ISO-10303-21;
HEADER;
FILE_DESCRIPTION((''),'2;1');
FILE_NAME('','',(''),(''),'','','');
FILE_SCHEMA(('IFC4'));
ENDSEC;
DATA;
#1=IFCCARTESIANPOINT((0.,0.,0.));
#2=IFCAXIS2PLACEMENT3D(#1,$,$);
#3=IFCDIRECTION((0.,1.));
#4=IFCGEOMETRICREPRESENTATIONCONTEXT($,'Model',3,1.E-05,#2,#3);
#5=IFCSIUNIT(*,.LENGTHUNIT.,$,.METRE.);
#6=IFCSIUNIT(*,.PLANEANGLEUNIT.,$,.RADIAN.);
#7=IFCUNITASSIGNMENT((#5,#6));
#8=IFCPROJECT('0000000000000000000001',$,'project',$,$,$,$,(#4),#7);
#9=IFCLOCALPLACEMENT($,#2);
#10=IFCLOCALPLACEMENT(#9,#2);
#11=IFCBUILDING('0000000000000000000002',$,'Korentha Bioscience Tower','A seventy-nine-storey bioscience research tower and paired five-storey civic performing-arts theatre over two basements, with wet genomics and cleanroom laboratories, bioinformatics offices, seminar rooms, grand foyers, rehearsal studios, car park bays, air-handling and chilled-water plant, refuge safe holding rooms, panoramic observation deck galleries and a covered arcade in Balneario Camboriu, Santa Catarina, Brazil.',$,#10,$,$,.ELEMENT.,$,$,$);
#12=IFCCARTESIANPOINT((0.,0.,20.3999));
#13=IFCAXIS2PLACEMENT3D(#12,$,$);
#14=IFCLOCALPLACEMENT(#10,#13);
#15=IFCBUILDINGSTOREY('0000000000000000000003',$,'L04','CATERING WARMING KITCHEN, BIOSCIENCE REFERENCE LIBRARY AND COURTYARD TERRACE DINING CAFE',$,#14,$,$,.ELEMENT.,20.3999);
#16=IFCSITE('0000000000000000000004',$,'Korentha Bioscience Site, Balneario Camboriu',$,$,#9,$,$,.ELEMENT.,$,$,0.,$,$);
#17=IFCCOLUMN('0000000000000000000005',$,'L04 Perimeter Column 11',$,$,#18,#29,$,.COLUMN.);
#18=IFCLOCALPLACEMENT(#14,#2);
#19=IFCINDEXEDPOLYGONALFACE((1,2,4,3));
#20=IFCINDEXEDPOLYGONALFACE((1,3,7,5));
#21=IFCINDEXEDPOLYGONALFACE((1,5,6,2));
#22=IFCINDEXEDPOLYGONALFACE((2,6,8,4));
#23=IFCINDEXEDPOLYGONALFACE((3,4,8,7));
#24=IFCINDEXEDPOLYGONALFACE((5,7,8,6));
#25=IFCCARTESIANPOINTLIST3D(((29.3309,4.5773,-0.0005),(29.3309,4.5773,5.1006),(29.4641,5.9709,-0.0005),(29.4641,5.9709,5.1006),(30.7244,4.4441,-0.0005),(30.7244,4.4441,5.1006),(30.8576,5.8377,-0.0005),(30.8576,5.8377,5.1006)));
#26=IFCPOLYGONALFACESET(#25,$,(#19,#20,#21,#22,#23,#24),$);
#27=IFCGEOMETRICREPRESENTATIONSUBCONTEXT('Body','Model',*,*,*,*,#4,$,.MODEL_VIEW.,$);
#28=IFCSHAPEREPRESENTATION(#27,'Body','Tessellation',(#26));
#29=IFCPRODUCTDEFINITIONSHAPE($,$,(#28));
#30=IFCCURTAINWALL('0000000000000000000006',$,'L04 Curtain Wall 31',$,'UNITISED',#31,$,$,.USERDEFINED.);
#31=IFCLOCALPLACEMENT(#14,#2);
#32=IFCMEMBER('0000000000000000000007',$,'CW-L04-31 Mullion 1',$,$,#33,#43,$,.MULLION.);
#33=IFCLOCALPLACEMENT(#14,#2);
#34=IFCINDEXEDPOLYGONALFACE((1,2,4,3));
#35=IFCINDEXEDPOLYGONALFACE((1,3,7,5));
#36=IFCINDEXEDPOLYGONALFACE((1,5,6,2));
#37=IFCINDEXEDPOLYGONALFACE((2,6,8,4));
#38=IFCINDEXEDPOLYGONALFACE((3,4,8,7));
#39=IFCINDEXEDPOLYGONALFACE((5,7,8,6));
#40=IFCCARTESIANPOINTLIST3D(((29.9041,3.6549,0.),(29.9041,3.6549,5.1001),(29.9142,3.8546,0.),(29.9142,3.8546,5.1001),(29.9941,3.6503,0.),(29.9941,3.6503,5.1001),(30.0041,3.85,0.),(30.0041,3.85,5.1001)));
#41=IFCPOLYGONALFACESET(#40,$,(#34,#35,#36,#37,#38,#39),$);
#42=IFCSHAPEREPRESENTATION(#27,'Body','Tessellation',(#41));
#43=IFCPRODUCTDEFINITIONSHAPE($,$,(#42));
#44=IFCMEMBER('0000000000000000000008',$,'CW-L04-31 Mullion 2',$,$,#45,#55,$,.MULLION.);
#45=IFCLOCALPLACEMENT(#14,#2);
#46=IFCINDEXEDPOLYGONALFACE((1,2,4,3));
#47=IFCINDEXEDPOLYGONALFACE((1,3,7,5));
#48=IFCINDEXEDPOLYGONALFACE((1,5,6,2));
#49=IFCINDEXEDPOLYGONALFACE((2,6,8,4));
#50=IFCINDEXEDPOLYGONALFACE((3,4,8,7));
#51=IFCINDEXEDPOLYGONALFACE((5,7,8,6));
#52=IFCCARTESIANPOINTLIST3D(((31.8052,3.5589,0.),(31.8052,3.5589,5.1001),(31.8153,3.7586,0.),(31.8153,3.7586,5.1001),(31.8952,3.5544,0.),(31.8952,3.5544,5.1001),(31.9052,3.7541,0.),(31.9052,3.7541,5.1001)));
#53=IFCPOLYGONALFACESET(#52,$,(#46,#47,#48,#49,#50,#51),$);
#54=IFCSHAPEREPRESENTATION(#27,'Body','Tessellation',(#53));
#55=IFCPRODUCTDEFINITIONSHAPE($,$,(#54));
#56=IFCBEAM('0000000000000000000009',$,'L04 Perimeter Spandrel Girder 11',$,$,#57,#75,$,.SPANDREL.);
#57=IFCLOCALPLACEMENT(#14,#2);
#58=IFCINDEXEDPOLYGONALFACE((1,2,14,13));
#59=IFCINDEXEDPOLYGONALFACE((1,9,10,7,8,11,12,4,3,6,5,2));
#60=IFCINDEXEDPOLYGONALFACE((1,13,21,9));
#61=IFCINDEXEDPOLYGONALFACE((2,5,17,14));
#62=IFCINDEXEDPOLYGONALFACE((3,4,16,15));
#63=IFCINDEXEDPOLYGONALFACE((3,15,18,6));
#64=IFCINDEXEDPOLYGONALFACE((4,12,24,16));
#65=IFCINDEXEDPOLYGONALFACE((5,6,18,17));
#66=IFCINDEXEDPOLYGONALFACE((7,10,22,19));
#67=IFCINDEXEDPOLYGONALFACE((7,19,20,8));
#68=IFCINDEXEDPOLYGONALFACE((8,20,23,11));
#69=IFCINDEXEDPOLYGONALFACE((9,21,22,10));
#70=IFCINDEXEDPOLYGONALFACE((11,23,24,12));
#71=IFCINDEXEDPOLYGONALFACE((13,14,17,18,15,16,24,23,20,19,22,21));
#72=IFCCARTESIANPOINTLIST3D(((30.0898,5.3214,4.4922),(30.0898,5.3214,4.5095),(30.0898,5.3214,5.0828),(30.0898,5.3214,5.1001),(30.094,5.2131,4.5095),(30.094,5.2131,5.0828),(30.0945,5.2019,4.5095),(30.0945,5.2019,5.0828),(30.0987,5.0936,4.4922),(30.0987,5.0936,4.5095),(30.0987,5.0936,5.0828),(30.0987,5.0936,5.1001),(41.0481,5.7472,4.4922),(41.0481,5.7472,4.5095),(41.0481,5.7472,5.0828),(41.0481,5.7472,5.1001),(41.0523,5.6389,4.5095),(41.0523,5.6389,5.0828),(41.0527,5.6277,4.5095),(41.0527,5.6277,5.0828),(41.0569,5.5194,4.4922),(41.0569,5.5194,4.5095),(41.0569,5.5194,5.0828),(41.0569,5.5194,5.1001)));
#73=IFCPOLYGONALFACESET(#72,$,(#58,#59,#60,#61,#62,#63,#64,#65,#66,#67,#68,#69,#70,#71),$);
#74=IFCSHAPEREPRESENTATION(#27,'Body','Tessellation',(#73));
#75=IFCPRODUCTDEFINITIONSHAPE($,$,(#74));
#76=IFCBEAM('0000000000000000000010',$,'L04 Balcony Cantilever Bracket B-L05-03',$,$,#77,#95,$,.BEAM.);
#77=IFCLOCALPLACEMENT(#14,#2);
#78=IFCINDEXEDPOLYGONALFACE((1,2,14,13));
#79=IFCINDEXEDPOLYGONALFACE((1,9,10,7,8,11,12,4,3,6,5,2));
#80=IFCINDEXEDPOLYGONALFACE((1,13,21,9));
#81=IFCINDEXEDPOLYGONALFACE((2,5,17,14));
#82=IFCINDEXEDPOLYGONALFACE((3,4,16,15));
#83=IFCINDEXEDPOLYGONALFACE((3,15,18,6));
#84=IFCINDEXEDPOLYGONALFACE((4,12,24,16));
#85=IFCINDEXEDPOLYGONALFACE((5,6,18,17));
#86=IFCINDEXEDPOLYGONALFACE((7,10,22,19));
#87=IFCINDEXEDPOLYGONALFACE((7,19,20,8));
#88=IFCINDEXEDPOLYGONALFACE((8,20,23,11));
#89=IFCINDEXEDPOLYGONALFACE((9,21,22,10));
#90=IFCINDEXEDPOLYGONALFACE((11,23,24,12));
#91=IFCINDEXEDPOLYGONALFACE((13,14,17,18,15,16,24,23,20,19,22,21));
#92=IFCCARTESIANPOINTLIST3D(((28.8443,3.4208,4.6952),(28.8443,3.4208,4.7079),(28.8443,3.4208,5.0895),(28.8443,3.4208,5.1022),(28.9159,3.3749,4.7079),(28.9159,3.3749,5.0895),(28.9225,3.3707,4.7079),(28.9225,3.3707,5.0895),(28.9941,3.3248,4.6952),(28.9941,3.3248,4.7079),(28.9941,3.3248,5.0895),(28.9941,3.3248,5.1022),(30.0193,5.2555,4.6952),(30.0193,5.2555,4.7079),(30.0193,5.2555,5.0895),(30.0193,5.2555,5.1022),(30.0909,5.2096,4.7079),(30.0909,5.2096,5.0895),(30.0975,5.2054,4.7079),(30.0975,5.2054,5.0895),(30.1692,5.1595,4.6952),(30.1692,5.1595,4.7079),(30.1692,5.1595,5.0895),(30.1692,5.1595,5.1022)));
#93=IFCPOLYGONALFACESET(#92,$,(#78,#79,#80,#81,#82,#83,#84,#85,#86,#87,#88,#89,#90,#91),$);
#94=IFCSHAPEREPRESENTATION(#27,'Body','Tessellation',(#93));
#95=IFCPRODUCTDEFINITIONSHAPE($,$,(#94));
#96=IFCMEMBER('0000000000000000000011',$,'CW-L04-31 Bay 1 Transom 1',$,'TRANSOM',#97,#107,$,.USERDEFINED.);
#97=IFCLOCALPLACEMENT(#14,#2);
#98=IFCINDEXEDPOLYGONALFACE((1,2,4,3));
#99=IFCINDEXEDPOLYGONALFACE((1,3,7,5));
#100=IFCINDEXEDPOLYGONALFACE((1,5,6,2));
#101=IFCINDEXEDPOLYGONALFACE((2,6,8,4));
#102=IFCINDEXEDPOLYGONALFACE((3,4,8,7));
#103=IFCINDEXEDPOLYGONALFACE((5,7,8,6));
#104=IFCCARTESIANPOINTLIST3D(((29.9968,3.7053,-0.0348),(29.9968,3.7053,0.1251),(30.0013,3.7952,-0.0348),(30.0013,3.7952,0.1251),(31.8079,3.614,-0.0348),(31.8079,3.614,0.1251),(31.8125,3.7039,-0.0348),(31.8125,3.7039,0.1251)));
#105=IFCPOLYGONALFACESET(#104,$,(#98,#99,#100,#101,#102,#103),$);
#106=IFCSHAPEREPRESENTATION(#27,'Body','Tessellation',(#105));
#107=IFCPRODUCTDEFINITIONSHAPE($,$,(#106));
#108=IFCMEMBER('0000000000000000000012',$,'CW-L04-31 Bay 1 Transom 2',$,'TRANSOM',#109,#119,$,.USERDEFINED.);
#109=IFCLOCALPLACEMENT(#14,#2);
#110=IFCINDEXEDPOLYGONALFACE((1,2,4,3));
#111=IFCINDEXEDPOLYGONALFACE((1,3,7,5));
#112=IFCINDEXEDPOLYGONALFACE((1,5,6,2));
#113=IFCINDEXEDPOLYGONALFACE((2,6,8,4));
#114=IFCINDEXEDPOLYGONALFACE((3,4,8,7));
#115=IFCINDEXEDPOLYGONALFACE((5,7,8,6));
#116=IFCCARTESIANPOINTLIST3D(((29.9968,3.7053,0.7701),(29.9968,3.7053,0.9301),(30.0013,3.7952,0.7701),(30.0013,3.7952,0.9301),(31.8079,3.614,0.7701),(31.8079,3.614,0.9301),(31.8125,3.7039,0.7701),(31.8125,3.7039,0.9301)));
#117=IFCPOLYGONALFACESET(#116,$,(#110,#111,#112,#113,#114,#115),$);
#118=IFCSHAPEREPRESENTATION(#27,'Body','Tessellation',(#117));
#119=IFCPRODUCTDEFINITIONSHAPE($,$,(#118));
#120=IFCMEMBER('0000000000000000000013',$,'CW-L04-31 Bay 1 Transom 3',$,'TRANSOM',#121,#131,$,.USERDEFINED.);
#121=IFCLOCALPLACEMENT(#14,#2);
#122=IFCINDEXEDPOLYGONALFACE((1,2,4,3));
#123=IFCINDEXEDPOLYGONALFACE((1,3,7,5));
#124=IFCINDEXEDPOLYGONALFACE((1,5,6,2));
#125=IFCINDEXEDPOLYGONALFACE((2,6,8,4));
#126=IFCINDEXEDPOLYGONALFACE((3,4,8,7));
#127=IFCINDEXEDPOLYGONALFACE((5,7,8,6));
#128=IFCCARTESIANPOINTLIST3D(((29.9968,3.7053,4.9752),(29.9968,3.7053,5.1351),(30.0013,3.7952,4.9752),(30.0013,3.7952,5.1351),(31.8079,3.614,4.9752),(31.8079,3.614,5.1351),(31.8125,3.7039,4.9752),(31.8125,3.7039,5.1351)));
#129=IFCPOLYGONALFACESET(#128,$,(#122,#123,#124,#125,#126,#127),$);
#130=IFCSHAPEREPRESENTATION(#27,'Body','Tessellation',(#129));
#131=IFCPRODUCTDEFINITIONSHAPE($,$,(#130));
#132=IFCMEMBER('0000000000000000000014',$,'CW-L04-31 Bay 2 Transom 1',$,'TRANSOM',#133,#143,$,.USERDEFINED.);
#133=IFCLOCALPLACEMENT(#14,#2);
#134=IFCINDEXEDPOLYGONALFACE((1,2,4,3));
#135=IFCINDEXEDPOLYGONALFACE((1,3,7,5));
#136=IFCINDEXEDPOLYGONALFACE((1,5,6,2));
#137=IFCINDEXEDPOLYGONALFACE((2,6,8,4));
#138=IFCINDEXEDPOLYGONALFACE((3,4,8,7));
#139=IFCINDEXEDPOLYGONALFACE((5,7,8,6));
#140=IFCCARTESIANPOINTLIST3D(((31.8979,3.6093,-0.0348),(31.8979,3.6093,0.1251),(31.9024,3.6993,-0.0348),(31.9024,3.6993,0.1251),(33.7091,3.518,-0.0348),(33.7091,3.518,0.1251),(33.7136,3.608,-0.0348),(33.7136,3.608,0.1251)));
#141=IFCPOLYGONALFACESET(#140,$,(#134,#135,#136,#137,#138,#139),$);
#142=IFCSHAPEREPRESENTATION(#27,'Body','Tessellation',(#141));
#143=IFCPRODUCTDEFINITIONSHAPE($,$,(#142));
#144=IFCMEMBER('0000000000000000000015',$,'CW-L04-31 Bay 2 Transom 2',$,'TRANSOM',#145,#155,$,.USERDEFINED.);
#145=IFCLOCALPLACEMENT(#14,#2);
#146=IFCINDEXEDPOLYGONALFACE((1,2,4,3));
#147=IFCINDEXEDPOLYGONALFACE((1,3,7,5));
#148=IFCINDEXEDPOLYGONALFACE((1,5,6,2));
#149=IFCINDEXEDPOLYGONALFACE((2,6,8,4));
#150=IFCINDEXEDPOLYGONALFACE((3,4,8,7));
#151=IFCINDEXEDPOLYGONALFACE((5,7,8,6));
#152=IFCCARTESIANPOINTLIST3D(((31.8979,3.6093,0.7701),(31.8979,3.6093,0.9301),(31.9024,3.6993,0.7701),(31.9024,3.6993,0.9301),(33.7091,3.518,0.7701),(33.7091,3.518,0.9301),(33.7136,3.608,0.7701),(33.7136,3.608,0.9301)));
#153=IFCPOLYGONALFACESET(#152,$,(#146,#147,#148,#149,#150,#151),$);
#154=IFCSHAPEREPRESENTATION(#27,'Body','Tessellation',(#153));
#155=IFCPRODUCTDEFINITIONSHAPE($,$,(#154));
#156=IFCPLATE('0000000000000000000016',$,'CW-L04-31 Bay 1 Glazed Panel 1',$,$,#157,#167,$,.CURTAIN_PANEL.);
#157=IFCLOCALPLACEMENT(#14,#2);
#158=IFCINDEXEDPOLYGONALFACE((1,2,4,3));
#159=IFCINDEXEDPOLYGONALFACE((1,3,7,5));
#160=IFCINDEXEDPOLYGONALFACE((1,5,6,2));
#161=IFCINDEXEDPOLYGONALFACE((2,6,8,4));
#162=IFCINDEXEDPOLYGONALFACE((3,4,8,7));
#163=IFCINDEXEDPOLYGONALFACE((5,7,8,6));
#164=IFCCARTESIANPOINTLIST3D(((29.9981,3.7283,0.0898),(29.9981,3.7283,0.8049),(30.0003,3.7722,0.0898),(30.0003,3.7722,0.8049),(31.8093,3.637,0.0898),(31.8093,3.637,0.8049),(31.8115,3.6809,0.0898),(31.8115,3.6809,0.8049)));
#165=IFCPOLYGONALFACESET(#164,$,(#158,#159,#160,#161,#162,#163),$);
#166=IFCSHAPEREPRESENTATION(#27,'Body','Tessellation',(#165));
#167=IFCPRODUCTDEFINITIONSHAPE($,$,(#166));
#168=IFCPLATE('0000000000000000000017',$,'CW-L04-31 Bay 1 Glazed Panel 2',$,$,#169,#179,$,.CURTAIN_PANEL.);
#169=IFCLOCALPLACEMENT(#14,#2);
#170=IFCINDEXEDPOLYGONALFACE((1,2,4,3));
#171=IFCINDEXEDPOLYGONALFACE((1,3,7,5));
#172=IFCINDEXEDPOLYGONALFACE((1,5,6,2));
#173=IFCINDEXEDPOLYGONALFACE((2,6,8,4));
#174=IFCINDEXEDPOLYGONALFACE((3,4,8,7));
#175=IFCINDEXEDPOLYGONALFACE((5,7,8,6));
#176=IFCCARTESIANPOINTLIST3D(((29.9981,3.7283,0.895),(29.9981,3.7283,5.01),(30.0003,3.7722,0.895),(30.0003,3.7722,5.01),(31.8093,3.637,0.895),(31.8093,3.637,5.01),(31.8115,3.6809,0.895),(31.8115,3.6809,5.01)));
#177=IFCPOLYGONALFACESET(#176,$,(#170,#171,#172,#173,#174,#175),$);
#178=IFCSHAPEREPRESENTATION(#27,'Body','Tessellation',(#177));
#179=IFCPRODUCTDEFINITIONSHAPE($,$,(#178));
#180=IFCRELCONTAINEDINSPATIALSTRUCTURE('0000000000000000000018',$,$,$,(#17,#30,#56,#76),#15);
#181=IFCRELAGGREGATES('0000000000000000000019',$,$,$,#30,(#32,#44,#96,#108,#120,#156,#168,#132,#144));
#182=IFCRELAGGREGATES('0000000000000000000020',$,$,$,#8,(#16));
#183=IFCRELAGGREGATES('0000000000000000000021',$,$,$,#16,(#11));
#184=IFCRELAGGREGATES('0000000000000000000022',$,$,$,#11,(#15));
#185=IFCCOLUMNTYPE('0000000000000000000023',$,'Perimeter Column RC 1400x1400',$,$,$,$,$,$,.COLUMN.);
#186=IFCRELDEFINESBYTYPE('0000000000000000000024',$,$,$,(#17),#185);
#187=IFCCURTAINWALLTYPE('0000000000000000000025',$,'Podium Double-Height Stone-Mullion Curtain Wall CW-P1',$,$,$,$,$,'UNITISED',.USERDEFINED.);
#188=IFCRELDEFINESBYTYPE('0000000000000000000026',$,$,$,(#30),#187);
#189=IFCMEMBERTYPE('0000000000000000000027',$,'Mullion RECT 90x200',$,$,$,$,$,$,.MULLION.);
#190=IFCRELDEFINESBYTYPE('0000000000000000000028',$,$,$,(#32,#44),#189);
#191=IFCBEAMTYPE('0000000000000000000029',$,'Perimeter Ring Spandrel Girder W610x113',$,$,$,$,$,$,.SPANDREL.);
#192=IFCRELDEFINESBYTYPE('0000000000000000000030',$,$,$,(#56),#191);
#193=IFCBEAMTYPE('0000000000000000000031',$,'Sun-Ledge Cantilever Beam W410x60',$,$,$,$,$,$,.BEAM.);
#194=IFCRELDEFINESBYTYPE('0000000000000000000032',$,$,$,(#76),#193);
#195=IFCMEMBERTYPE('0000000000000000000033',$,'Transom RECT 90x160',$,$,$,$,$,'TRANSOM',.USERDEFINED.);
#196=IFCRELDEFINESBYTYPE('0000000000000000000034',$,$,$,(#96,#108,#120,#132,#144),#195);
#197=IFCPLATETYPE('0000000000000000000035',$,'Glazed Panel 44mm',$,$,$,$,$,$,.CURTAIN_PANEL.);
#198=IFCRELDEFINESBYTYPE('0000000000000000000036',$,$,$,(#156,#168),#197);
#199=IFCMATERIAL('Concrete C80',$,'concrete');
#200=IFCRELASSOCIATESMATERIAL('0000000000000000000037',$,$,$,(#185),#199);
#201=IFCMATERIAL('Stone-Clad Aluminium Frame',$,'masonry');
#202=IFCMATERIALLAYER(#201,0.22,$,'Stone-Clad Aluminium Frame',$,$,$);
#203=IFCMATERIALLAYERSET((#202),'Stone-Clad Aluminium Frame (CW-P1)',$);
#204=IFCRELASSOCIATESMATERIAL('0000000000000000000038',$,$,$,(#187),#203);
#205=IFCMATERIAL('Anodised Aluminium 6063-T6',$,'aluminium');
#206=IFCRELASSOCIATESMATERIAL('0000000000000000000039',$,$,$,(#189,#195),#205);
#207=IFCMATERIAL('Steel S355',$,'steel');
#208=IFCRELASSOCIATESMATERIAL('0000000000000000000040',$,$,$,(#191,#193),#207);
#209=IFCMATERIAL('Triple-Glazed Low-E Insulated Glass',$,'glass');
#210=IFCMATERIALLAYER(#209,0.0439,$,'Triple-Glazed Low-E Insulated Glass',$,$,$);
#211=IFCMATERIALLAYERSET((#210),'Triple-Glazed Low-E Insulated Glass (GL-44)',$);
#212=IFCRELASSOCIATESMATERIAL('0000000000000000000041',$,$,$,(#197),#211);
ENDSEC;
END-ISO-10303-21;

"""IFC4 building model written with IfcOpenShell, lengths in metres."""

from ifc_helpers import new_model, si_unit, direction, frame, origin, origin_2d, place, context, subcontext, project, spatial, rectangle, i_section, extrude, material, layer, layer_set, material_profile, profile_set, type_object, element, aggregate, save


model = new_model("IFC4")

# Units and contexts
model_context = context("Model", 3, precision=1e-05, world=origin(), true_north=direction((0.0, 1.0)))
body_context = subcontext(model_context, "Body", "Model", "MODEL_VIEW")
ifc_project = project(units=[si_unit("LENGTHUNIT", "METRE"), si_unit("PLANEANGLEUNIT", "RADIAN")], contexts=[model_context])

# Site, building, storey
site_placement = place(None, origin())
site = spatial("IfcSite", under=ifc_project, at=site_placement, Name="Korentha Bioscience Site, Balneario Camboriu", CompositionType="ELEMENT", RefElevation=0.0)
building_placement = place(site_placement, origin())
building = spatial("IfcBuilding", under=site, at=building_placement, Name="Korentha Bioscience Tower", Description="A seventy-nine-storey bioscience research tower and paired five-storey civic performing-arts theatre over two basements, with wet genomics and cleanroom laboratories, bioinformatics offices, seminar rooms, grand foyers, rehearsal studios, car park bays, air-handling and chilled-water plant, refuge safe holding rooms, panoramic observation deck galleries and a covered arcade in Balneario Camboriu, Santa Catarina, Brazil.", CompositionType="ELEMENT")
storey_placement = place(building_placement, frame((0.0, 0.0, 20.3999)))
storey = spatial("IfcBuildingStorey", under=building, at=storey_placement, Name="L04", Description="CATERING WARMING KITCHEN, BIOSCIENCE REFERENCE LIBRARY AND COURTYARD TERRACE DINING CAFE", CompositionType="ELEMENT", Elevation=20.3999)

# Column
ifc_material_1 = material(Name="Concrete C80", Category="concrete")
ifc_material_profile_1 = material_profile(ifc_material_1, rectangle(XDim=1.3999, YDim=1.3999, at=origin_2d()), Name="Concrete C80")
ifc_profile_set_1 = profile_set([ifc_material_profile_1], Name="Concrete C80 (COL-P14)")
column_type = type_object("IfcColumnType", Name="Perimeter Column RC 1400x1400", PredefinedType="COLUMN", material=ifc_profile_set_1)
column_placement = place(storey_placement, frame((30.0942, 5.2075, -0.0005), z_axis=(0.0, 0.0, 1.0), x_axis=(-0.995463, 0.095151, 0.0)))
element("IfcColumn", 1, at=column_placement, inside=storey, type_object=column_type, Name="L04 Perimeter Column 11", PredefinedType="COLUMN", context=body_context, shape_type="SweptSolid", body=[
    extrude(rectangle(XDim=1.3999, YDim=1.3999, at=origin_2d()), origin(), (0.0, 0.0, 1.0), 5.1011),
])

# Curtain wall, members
ifc_material_2 = material(Name="Stone-Clad Aluminium Frame", Category="masonry")
ifc_layer_1 = layer(ifc_material_2, 0.22, Name="Stone-Clad Aluminium Frame")
ifc_layer_set_1 = layer_set([ifc_layer_1], Name="Stone-Clad Aluminium Frame (CW-P1)")
curtain_wall_type = type_object("IfcCurtainWallType", Name="Podium Double-Height Stone-Mullion Curtain Wall CW-P1", ElementType="UNITISED", PredefinedType="USERDEFINED", material=ifc_layer_set_1)
curtain_wall_placement = place(storey_placement, origin())
curtain_wall = element("IfcCurtainWall", 2, at=curtain_wall_placement, inside=storey, type_object=curtain_wall_type, Name="L04 Curtain Wall 31", ObjectType="UNITISED", PredefinedType="USERDEFINED")
ifc_material_3 = material(Name="Anodised Aluminium 6063-T6", Category="aluminium")
ifc_material_profile_2 = material_profile(ifc_material_3, rectangle(XDim=0.0901, YDim=0.2, at=origin_2d()), Name="Anodised Aluminium 6063-T6")
ifc_profile_set_2 = profile_set([ifc_material_profile_2], Name="Anodised Aluminium 6063-T6 (CW-MUL)")
member_type_1 = type_object("IfcMemberType", Name="Mullion RECT 90x200", PredefinedType="MULLION", material=ifc_profile_set_2)
member_1_placement = place(storey_placement, frame((29.9541, 3.7524, 0.0), z_axis=(0.0, 0.0, 1.0), x_axis=(0.998731, -0.050371, 0.0)))
member_1 = element("IfcMember", 3, at=member_1_placement, type_object=member_type_1, Name="CW-L04-31 Mullion 1", PredefinedType="MULLION", context=body_context, shape_type="SweptSolid", body=[
    extrude(rectangle(XDim=0.0901, YDim=0.2, at=origin_2d()), origin(), (0.0, 0.0, 1.0), 5.1001),
])
member_2_placement = place(storey_placement, frame((31.8552, 3.6565, 0.0), z_axis=(0.0, 0.0, 1.0), x_axis=(0.998731, -0.050371, 0.0)))
member_2 = element("IfcMember", 4, at=member_2_placement, type_object=member_type_1, Name="CW-L04-31 Mullion 2", PredefinedType="MULLION", context=body_context, shape_type="SweptSolid", body=[
    extrude(rectangle(XDim=0.0901, YDim=0.2, at=origin_2d()), origin(), (0.0, 0.0, 1.0), 5.1001),
])

# Beams
ifc_material_4 = material(Name="Steel S355", Category="steel")
ifc_material_profile_3 = material_profile(ifc_material_4, i_section(OverallWidth=0.228, OverallDepth=0.6079, WebThickness=0.0112, FlangeThickness=0.0173, at=origin_2d()), Name="Steel S355")
ifc_profile_set_3 = profile_set([ifc_material_profile_3], Name="Steel S355 (SB-610)")
beam_type_1 = type_object("IfcBeamType", Name="Perimeter Ring Spandrel Girder W610x113", PredefinedType="SPANDREL", material=ifc_profile_set_3)
beam_1_placement = place(storey_placement, frame((30.0942, 5.2075, 4.7961), z_axis=(0.999246, 0.038826, 0.0), x_axis=(-0.038826, 0.999246, 0.0)))
element("IfcBeam", 5, at=beam_1_placement, inside=storey, type_object=beam_type_1, Name="L04 Perimeter Spandrel Girder 11", PredefinedType="SPANDREL", context=body_context, shape_type="SweptSolid", body=[
    extrude(i_section(OverallWidth=0.228, OverallDepth=0.6079, WebThickness=0.0112, FlangeThickness=0.0173, at=origin_2d()), origin(), (0.0, 0.0, 1.0), 10.9666),
])
ifc_material_profile_4 = material_profile(ifc_material_4, i_section(OverallWidth=0.178, OverallDepth=0.407, WebThickness=0.0078, FlangeThickness=0.0127, at=origin_2d()), Name="Steel S355")
ifc_profile_set_4 = profile_set([ifc_material_profile_4], Name="Steel S355 (CB-410)")
beam_type_2 = type_object("IfcBeamType", Name="Sun-Ledge Cantilever Beam W410x60", PredefinedType="BEAM", material=ifc_profile_set_4)
beam_2_placement = place(storey_placement, frame((30.0942, 5.2075, 4.8987), z_axis=(-0.539324, -0.842098, 0.0), x_axis=(0.842098, -0.539324, 0.0)))
element("IfcBeam", 6, at=beam_2_placement, inside=storey, type_object=beam_type_2, Name="L04 Balcony Cantilever Bracket B-L05-03", PredefinedType="BEAM", context=body_context, shape_type="SweptSolid", body=[
    extrude(i_section(OverallWidth=0.178, OverallDepth=0.407, WebThickness=0.0078, FlangeThickness=0.0127, at=origin_2d()), origin(), (0.0, 0.0, 1.0), 2.1787),
])

# Members
ifc_material_profile_5 = material_profile(ifc_material_3, rectangle(XDim=0.0901, YDim=0.1599, at=origin_2d()), Name="Anodised Aluminium 6063-T6")
ifc_profile_set_5 = profile_set([ifc_material_profile_5], Name="Anodised Aluminium 6063-T6 (CW-TRN)")
member_type_2 = type_object("IfcMemberType", Name="Transom RECT 90x160", ElementType="TRANSOM", PredefinedType="USERDEFINED", material=ifc_profile_set_5)
member_3_placement = place(storey_placement, frame((29.999, 3.7502, 0.0452), z_axis=(0.998732, -0.050347, 0.0), x_axis=(0.050347, 0.998732, 0.0)))
member_3 = element("IfcMember", 7, at=member_3_placement, type_object=member_type_2, Name="CW-L04-31 Bay 1 Transom 1", ObjectType="TRANSOM", PredefinedType="USERDEFINED", context=body_context, shape_type="SweptSolid", body=[
    extrude(rectangle(XDim=0.0901, YDim=0.1599, at=origin_2d()), origin(), (0.0, 0.0, 1.0), 1.8135),
])
member_4_placement = place(storey_placement, frame((29.999, 3.7502, 0.8501), z_axis=(0.998732, -0.050347, 0.0), x_axis=(0.050347, 0.998732, 0.0)))
member_4 = element("IfcMember", 8, at=member_4_placement, type_object=member_type_2, Name="CW-L04-31 Bay 1 Transom 2", ObjectType="TRANSOM", PredefinedType="USERDEFINED", context=body_context, shape_type="SweptSolid", body=[
    extrude(rectangle(XDim=0.0901, YDim=0.1599, at=origin_2d()), origin(), (0.0, 0.0, 1.0), 1.8135),
])
member_5_placement = place(storey_placement, frame((29.999, 3.7502, 5.0552), z_axis=(0.998732, -0.050347, 0.0), x_axis=(0.050347, 0.998732, 0.0)))
member_5 = element("IfcMember", 9, at=member_5_placement, type_object=member_type_2, Name="CW-L04-31 Bay 1 Transom 3", ObjectType="TRANSOM", PredefinedType="USERDEFINED", context=body_context, shape_type="SweptSolid", body=[
    extrude(rectangle(XDim=0.0901, YDim=0.1599, at=origin_2d()), origin(), (0.0, 0.0, 1.0), 1.8135),
])
member_6_placement = place(storey_placement, frame((31.9001, 3.6543, 0.0452), z_axis=(0.998732, -0.050347, 0.0), x_axis=(0.050347, 0.998732, 0.0)))
member_6 = element("IfcMember", 10, at=member_6_placement, type_object=member_type_2, Name="CW-L04-31 Bay 2 Transom 1", ObjectType="TRANSOM", PredefinedType="USERDEFINED", context=body_context, shape_type="SweptSolid", body=[
    extrude(rectangle(XDim=0.0901, YDim=0.1599, at=origin_2d()), origin(), (0.0, 0.0, 1.0), 1.8135),
])
member_7_placement = place(storey_placement, frame((31.9001, 3.6543, 0.8501), z_axis=(0.998732, -0.050347, 0.0), x_axis=(0.050347, 0.998732, 0.0)))
member_7 = element("IfcMember", 11, at=member_7_placement, type_object=member_type_2, Name="CW-L04-31 Bay 2 Transom 2", ObjectType="TRANSOM", PredefinedType="USERDEFINED", context=body_context, shape_type="SweptSolid", body=[
    extrude(rectangle(XDim=0.0901, YDim=0.1599, at=origin_2d()), origin(), (0.0, 0.0, 1.0), 1.8135),
])

# Plates
ifc_material_5 = material(Name="Triple-Glazed Low-E Insulated Glass", Category="glass")
ifc_layer_2 = layer(ifc_material_5, 0.0439, Name="Triple-Glazed Low-E Insulated Glass")
ifc_layer_set_2 = layer_set([ifc_layer_2], Name="Triple-Glazed Low-E Insulated Glass (GL-44)")
plate_type = type_object("IfcPlateType", Name="Glazed Panel 44mm", PredefinedType="CURTAIN_PANEL", material=ifc_layer_set_2)
plate_1_placement = place(storey_placement, frame((30.9048, 3.7046, 0.0898), z_axis=(0.0, 0.0, 1.0), x_axis=(0.998731, -0.050371, 0.0)))
plate_1 = element("IfcPlate", 12, at=plate_1_placement, type_object=plate_type, Name="CW-L04-31 Bay 1 Glazed Panel 1", PredefinedType="CURTAIN_PANEL", context=body_context, shape_type="SweptSolid", body=[
    extrude(rectangle(XDim=1.8135, YDim=0.0439, at=origin_2d()), origin(), (0.0, 0.0, 1.0), 0.7151),
])
plate_2_placement = place(storey_placement, frame((30.9048, 3.7046, 0.895), z_axis=(0.0, 0.0, 1.0), x_axis=(0.998731, -0.050371, 0.0)))
plate_2 = element("IfcPlate", 13, at=plate_2_placement, type_object=plate_type, Name="CW-L04-31 Bay 1 Glazed Panel 2", PredefinedType="CURTAIN_PANEL", context=body_context, shape_type="SweptSolid", body=[
    extrude(rectangle(XDim=1.8135, YDim=0.0439, at=origin_2d()), origin(), (0.0, 0.0, 1.0), 4.115),
])
aggregate(curtain_wall, [member_1, member_2, member_3, member_4, member_5, plate_1, plate_2, member_6, member_7])

save(model, "model.ifc")
